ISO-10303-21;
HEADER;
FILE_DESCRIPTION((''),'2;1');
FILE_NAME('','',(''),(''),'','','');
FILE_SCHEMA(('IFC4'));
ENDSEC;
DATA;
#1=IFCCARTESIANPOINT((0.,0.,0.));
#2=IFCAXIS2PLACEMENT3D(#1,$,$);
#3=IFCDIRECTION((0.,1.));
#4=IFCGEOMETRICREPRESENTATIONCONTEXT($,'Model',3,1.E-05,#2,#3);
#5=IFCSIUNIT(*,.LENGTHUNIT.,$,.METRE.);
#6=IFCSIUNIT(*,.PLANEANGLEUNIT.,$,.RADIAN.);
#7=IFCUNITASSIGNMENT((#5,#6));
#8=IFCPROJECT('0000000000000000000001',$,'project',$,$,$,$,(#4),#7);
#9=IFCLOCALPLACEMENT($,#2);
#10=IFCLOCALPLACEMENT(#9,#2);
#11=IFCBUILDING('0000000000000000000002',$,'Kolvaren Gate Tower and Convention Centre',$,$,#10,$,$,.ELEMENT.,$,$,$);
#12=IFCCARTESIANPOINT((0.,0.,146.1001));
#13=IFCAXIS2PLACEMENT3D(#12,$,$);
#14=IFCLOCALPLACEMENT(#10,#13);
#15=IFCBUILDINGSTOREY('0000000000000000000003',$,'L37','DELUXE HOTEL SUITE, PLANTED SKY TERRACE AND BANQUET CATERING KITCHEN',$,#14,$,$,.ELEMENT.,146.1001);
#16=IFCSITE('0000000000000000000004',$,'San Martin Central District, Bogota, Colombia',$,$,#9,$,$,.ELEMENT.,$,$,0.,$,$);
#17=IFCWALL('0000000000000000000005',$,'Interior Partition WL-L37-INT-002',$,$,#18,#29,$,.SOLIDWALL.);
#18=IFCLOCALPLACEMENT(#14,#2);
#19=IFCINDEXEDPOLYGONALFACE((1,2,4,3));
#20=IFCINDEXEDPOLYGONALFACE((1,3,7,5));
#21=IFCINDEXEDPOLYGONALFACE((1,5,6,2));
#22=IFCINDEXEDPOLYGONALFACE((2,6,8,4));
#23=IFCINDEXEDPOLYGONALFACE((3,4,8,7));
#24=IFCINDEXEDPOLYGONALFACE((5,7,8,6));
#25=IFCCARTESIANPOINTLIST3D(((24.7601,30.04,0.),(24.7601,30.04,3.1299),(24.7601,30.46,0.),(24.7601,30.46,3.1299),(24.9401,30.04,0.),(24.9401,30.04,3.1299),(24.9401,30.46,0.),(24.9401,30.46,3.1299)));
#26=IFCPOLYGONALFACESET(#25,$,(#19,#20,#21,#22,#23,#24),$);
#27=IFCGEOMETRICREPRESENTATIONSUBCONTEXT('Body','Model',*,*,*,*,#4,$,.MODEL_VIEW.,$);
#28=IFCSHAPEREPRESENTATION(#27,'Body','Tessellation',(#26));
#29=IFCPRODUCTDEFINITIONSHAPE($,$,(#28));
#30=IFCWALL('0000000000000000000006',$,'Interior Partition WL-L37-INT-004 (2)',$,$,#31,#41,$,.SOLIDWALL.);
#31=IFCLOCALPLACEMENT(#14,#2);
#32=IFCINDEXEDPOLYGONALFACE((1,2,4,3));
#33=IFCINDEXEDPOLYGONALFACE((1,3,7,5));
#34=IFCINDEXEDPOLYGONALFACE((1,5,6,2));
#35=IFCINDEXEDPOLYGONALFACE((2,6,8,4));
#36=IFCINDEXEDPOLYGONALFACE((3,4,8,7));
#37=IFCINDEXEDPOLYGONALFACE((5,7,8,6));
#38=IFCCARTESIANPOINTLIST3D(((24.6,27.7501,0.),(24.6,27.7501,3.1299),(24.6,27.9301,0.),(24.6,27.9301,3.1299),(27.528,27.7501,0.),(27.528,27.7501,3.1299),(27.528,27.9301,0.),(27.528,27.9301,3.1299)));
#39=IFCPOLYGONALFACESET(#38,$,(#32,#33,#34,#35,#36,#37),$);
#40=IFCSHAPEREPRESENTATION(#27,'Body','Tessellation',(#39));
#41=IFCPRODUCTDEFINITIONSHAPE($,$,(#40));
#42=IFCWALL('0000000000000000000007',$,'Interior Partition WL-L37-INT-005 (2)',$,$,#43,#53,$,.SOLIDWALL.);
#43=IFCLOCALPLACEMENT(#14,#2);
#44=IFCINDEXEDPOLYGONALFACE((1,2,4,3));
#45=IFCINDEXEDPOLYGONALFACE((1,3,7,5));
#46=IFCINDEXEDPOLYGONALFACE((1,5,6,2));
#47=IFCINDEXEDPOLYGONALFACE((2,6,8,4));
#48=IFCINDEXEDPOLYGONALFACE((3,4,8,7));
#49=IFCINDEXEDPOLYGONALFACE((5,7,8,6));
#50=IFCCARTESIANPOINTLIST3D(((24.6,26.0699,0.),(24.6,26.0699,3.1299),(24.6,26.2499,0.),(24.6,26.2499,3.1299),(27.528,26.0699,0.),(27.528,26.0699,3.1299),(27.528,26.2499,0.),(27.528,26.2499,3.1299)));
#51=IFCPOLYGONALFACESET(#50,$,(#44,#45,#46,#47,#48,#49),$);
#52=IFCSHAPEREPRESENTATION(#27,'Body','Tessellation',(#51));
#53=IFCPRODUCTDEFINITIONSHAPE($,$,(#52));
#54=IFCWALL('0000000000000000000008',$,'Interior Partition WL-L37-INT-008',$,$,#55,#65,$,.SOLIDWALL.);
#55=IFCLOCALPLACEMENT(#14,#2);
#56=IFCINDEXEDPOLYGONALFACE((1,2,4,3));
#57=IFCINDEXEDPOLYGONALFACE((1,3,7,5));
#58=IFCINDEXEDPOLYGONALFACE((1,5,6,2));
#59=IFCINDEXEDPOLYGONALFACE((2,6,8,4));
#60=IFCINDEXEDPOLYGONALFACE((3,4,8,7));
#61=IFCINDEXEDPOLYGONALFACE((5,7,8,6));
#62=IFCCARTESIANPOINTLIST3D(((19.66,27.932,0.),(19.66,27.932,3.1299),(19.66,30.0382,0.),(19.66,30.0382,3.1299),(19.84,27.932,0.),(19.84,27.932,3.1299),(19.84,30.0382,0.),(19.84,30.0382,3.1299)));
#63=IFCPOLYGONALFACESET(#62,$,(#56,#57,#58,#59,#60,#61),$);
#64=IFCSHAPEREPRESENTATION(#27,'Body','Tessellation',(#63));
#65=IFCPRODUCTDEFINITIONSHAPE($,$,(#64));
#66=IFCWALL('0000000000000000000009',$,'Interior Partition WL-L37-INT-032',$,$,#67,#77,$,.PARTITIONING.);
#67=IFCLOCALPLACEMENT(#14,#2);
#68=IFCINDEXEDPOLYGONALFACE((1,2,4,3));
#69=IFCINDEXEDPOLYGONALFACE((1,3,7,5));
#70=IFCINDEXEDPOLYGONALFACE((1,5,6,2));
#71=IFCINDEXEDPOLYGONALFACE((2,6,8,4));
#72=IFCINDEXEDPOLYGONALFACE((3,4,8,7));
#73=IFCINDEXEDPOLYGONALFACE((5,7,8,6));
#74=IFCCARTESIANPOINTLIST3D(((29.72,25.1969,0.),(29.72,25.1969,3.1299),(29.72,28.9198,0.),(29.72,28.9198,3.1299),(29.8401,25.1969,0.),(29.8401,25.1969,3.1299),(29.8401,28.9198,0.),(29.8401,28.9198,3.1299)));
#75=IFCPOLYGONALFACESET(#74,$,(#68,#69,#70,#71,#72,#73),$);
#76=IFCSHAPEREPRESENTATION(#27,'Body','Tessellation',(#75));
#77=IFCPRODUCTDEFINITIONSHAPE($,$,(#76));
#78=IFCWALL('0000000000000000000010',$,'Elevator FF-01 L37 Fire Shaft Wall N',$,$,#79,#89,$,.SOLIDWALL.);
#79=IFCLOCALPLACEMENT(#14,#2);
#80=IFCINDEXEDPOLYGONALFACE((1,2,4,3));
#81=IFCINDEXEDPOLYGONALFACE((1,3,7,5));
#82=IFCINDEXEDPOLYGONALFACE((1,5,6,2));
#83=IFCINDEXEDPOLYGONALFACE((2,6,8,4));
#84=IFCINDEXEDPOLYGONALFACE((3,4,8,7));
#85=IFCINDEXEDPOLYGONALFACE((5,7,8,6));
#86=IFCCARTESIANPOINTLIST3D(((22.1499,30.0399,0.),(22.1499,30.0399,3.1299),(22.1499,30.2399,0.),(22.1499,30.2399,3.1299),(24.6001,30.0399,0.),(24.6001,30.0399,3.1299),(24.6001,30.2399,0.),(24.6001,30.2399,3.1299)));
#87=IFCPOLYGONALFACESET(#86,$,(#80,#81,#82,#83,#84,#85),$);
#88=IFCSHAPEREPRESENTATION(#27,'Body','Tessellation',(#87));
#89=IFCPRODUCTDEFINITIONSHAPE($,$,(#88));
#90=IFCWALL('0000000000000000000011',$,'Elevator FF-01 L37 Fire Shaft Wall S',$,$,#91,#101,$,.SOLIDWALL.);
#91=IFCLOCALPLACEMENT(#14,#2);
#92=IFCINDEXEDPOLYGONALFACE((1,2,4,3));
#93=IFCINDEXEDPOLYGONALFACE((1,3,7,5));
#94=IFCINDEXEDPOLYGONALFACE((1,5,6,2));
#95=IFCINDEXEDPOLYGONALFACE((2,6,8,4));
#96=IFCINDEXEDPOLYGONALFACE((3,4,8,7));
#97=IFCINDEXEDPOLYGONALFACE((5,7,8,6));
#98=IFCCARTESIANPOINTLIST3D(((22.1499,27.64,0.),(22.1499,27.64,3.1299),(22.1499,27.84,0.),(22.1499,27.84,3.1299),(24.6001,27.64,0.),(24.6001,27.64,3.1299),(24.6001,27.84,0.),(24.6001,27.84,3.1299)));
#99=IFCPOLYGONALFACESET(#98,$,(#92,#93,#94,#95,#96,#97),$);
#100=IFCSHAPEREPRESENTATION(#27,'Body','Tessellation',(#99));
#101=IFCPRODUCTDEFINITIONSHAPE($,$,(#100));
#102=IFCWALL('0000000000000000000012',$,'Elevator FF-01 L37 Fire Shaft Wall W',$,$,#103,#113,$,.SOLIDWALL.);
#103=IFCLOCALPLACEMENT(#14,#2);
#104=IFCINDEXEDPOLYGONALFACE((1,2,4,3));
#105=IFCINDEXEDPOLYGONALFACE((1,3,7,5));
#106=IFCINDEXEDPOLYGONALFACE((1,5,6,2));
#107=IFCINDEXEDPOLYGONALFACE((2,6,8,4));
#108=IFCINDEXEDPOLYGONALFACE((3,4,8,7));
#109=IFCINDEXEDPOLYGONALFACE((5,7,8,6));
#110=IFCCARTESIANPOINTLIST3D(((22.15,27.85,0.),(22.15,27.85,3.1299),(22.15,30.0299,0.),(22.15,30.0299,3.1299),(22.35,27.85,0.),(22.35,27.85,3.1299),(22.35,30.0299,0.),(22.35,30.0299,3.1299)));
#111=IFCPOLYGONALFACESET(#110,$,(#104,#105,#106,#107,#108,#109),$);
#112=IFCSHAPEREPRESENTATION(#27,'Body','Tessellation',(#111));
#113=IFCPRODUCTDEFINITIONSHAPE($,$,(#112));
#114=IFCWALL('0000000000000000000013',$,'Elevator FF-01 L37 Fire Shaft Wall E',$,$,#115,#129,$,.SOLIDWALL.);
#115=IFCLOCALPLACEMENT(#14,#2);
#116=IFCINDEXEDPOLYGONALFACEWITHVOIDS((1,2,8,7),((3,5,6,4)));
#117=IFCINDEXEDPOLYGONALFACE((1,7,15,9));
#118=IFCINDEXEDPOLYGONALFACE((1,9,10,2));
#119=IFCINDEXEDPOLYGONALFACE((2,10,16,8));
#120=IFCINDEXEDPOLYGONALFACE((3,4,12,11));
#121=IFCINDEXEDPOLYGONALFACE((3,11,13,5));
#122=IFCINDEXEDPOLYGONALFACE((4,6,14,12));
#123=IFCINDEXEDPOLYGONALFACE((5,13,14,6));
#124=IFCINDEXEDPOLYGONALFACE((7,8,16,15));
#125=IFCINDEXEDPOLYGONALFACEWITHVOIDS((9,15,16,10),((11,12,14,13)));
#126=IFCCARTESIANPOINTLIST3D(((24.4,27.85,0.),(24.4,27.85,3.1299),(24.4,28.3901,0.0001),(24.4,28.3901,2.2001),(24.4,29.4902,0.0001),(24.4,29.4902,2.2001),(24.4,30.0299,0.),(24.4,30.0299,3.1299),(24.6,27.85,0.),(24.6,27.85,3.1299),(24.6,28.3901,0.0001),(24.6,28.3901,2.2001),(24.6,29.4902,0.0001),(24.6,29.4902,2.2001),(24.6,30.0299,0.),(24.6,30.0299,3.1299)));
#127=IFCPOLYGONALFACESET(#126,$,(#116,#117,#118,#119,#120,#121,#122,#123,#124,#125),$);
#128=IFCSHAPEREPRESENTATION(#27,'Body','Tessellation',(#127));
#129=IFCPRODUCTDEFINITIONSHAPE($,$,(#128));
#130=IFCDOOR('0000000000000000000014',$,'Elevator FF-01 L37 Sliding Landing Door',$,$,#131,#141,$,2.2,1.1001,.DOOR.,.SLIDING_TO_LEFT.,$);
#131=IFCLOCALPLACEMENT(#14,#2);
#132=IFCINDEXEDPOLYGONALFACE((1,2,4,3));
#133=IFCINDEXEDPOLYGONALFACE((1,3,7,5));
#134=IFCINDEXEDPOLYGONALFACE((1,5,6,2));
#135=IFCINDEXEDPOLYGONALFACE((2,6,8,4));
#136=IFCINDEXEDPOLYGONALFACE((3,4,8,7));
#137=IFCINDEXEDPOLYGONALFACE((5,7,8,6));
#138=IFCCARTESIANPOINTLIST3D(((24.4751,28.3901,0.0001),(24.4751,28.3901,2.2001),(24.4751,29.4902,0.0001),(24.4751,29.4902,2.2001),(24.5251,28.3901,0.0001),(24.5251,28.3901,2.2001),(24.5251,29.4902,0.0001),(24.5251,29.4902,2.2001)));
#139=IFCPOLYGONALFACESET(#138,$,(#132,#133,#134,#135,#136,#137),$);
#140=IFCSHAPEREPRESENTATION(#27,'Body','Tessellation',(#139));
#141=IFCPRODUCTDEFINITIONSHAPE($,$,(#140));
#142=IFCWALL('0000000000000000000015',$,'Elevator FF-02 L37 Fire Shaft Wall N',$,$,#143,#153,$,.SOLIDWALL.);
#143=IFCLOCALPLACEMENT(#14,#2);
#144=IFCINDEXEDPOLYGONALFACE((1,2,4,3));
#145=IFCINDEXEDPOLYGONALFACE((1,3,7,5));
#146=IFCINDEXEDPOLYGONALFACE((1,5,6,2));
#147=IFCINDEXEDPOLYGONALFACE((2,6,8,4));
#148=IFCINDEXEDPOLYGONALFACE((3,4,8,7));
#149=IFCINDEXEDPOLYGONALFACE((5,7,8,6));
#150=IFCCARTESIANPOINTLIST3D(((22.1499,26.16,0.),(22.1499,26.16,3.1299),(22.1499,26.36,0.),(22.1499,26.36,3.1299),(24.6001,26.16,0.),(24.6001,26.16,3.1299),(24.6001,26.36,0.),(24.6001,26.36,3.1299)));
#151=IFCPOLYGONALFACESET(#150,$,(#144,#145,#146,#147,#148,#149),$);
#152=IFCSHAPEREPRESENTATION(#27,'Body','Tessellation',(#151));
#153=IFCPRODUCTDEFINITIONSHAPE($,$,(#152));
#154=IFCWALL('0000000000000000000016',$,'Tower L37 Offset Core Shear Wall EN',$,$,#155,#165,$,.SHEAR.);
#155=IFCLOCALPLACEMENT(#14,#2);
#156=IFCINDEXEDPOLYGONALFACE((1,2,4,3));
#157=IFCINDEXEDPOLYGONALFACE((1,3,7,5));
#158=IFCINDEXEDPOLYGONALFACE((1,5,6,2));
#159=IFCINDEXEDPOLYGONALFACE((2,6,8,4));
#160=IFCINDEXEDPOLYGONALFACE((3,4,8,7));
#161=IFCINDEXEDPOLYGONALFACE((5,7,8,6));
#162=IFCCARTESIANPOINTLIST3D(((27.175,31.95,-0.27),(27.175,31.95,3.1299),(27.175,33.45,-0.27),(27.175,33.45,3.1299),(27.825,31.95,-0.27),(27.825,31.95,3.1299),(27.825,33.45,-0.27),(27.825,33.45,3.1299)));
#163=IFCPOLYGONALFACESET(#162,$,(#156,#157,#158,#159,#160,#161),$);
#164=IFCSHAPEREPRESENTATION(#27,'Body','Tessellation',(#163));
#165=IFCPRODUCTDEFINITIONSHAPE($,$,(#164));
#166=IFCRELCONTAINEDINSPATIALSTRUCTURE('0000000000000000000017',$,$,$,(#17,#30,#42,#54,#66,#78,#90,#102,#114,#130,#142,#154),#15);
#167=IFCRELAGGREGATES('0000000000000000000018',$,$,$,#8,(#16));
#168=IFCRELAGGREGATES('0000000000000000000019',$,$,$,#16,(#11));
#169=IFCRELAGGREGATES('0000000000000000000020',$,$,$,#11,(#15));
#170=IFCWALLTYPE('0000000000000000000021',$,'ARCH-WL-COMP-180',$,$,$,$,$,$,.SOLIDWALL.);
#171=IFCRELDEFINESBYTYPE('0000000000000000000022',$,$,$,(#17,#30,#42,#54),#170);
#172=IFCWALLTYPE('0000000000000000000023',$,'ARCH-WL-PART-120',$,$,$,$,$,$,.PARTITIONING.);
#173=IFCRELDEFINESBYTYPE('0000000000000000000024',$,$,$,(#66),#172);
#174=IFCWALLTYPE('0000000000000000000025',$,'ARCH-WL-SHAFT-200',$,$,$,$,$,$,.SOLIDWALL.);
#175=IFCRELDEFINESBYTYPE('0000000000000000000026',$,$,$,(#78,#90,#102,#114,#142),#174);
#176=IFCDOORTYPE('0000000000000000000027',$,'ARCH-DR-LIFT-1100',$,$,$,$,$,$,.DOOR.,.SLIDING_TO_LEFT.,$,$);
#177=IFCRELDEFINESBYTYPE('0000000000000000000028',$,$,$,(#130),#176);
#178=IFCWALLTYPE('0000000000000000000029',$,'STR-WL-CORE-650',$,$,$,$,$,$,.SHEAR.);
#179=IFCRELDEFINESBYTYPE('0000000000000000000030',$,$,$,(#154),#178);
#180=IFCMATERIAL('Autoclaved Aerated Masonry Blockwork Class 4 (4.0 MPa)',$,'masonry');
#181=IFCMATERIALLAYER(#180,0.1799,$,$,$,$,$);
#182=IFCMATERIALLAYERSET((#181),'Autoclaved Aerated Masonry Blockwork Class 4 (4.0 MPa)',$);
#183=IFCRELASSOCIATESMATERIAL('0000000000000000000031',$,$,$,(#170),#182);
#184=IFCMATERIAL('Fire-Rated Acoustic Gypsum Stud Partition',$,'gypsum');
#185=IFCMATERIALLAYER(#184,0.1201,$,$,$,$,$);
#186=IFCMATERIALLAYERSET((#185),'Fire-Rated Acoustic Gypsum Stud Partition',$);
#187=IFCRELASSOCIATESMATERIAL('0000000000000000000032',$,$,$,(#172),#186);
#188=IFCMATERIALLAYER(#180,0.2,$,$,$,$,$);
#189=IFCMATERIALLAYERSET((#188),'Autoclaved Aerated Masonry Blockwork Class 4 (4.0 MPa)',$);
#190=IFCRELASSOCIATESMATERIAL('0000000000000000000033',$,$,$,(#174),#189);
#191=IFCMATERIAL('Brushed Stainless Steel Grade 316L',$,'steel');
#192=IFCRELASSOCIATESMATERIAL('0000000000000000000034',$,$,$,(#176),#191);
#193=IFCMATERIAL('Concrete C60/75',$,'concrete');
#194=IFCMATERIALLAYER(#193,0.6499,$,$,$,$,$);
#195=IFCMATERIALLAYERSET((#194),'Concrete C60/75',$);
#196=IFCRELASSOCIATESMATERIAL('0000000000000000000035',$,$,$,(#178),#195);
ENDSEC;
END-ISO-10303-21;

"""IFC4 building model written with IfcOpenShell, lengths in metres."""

from ifc_helpers import new_model, si_unit, direction, frame, frame_2d, origin, place, context, subcontext, project, spatial, rectangle, extrude, material, layer, layer_set, type_object, element, fill, save


model = new_model("IFC4")

# Units and contexts
model_context = context("Model", 3, precision=1e-05, world=origin(), true_north=direction((0.0, 1.0)))
body_context = subcontext(model_context, "Body", "Model", "MODEL_VIEW")
ifc_project = project(units=[si_unit("LENGTHUNIT", "METRE"), si_unit("PLANEANGLEUNIT", "RADIAN")], contexts=[model_context])

# Site, building, storey
site_placement = place(None, origin())
site = spatial("IfcSite", under=ifc_project, at=site_placement, Name="San Martin Central District, Bogota, Colombia", CompositionType="ELEMENT", RefElevation=0.0)
building_placement = place(site_placement, origin())
building = spatial("IfcBuilding", under=site, at=building_placement, Name="Kolvaren Gate Tower and Convention Centre", CompositionType="ELEMENT")
storey_placement = place(building_placement, frame((0.0, 0.0, 146.1001)))
storey = spatial("IfcBuildingStorey", under=building, at=storey_placement, Name="L37", Description="DELUXE HOTEL SUITE, PLANTED SKY TERRACE AND BANQUET CATERING KITCHEN", CompositionType="ELEMENT", Elevation=146.1001)

# Walls
ifc_material_1 = material(Name="Autoclaved Aerated Masonry Blockwork Class 4 (4.0 MPa)", Category="masonry")
ifc_layer_1 = layer(ifc_material_1, 0.1799)
ifc_layer_set_1 = layer_set([ifc_layer_1], Name="Autoclaved Aerated Masonry Blockwork Class 4 (4.0 MPa)")
wall_type_1 = type_object("IfcWallType", Name="ARCH-WL-COMP-180", PredefinedType="SOLIDWALL", material=ifc_layer_set_1)
wall_1_placement = place(storey_placement, frame((24.8501, 30.04, 0.0), z_axis=(0.0, 0.0, 1.0), x_axis=(0.0, 1.0, 0.0)))
element("IfcWall", 1, at=wall_1_placement, inside=storey, type_object=wall_type_1, Name="Interior Partition WL-L37-INT-002", PredefinedType="SOLIDWALL", context=body_context, shape_type="SweptSolid", body=[
    extrude(rectangle(XDim=0.4199, YDim=0.1799, at=frame_2d((0.21, 0.0))), origin(), (0.0, 0.0, 1.0), 3.1299),
])
for number, where, z_axis, x_axis, name in (
    (2, (24.6001, 27.8401, 0.0), (0.0, 0.0, 1.0), (1.0, 0.0, 0.0), "Interior Partition WL-L37-INT-004 (2)"),
    (3, (24.6001, 26.1599, 0.0), (0.0, 0.0, 1.0), (1.0, 0.0, 0.0), "Interior Partition WL-L37-INT-005 (2)"),
):
    element("IfcWall", number, at=place(storey_placement, frame(where, z_axis=z_axis, x_axis=x_axis)), inside=storey, type_object=wall_type_1, Name=name, PredefinedType="SOLIDWALL", context=body_context, shape_type="SweptSolid", body=[
        extrude(rectangle(XDim=2.928, YDim=0.1799, at=frame_2d((1.4639, 0.0))), origin(), (0.0, 0.0, 1.0), 3.1299),
    ])
wall_2_placement = place(storey_placement, frame((19.75, 27.9319, 0.0), z_axis=(0.0, 0.0, 1.0), x_axis=(0.0, 1.0, 0.0)))
element("IfcWall", 4, at=wall_2_placement, inside=storey, type_object=wall_type_1, Name="Interior Partition WL-L37-INT-008", PredefinedType="SOLIDWALL", context=body_context, shape_type="SweptSolid", body=[
    extrude(rectangle(XDim=2.1062, YDim=0.1799, at=frame_2d((1.0532, 0.0))), origin(), (0.0, 0.0, 1.0), 3.1299),
])
ifc_material_2 = material(Name="Fire-Rated Acoustic Gypsum Stud Partition", Category="gypsum")
ifc_layer_2 = layer(ifc_material_2, 0.1201)
ifc_layer_set_2 = layer_set([ifc_layer_2], Name="Fire-Rated Acoustic Gypsum Stud Partition")
wall_type_2 = type_object("IfcWallType", Name="ARCH-WL-PART-120", PredefinedType="PARTITIONING", material=ifc_layer_set_2)
wall_3_placement = place(storey_placement, frame((29.78, 25.197, 0.0), z_axis=(0.0, 0.0, 1.0), x_axis=(0.0, 1.0, 0.0)))
element("IfcWall", 5, at=wall_3_placement, inside=storey, type_object=wall_type_2, Name="Interior Partition WL-L37-INT-032", PredefinedType="PARTITIONING", context=body_context, shape_type="SweptSolid", body=[
    extrude(rectangle(XDim=3.7229, YDim=0.1201, at=frame_2d((1.8613, 0.0))), origin(), (0.0, 0.0, 1.0), 3.1299),
])
ifc_layer_3 = layer(ifc_material_1, 0.2)
ifc_layer_set_3 = layer_set([ifc_layer_3], Name="Autoclaved Aerated Masonry Blockwork Class 4 (4.0 MPa)")
wall_type_3 = type_object("IfcWallType", Name="ARCH-WL-SHAFT-200", PredefinedType="SOLIDWALL", material=ifc_layer_set_3)
for number, where, z_axis, x_axis, name in (
    (6, (22.1499, 30.1399, 0.0), (0.0, 0.0, 1.0), (1.0, 0.0, 0.0), "Elevator FF-01 L37 Fire Shaft Wall N"),
    (7, (22.1499, 27.74, 0.0), (0.0, 0.0, 1.0), (1.0, 0.0, 0.0), "Elevator FF-01 L37 Fire Shaft Wall S"),
):
    element("IfcWall", number, at=place(storey_placement, frame(where, z_axis=z_axis, x_axis=x_axis)), inside=storey, type_object=wall_type_3, Name=name, PredefinedType="SOLIDWALL", context=body_context, shape_type="SweptSolid", body=[
        extrude(rectangle(XDim=2.4502, YDim=0.2, at=frame_2d((1.2251, 0.0))), origin(), (0.0, 0.0, 1.0), 3.1299),
    ])
wall_4_placement = place(storey_placement, frame((22.25, 27.8501, 0.0), z_axis=(0.0, 0.0, 1.0), x_axis=(0.0, 1.0, 0.0)))
element("IfcWall", 8, at=wall_4_placement, inside=storey, type_object=wall_type_3, Name="Elevator FF-01 L37 Fire Shaft Wall W", PredefinedType="SOLIDWALL", context=body_context, shape_type="SweptSolid", body=[
    extrude(rectangle(XDim=2.1799, YDim=0.2, at=frame_2d((1.0898, 0.0))), origin(), (0.0, 0.0, 1.0), 3.1299),
])

# Wall, opening, door
wall_5_placement = place(storey_placement, frame((24.5, 27.8501, 0.0), z_axis=(0.0, 0.0, 1.0), x_axis=(0.0, 1.0, 0.0)))
wall_5 = element("IfcWall", 9, at=wall_5_placement, inside=storey, type_object=wall_type_3, Name="Elevator FF-01 L37 Fire Shaft Wall E", PredefinedType="SOLIDWALL", context=body_context, shape_type="SweptSolid", body=[
    extrude(rectangle(XDim=2.1799, YDim=0.2, at=frame_2d((1.0898, 0.0))), origin(), (0.0, 0.0, 1.0), 3.1299),
])
opening_1_placement = place(wall_5_placement, frame((0.54, 0.0, 0.0)))
opening_1 = element("IfcOpeningElement", 10, at=opening_1_placement, cuts=wall_5, PredefinedType="OPENING", context=body_context, shape_type="SweptSolid", body=[
    extrude(rectangle(XDim=1.1001, YDim=2.2, at=frame_2d((0.55, 1.1001))), frame((0.0, 0.1099, 0.0), z_axis=(0.0, -1.0, 0.0), x_axis=(1.0, 0.0, 0.0)), (0.0, 0.0, 1.0), 0.22),
])
ifc_material_3 = material(Name="Brushed Stainless Steel Grade 316L", Category="steel")
door_type_1 = type_object("IfcDoorType", Name="ARCH-DR-LIFT-1100", OperationType="SLIDING_TO_LEFT", PredefinedType="DOOR", material=ifc_material_3)
door_1_placement = place(opening_1_placement, origin())
door_1 = element("IfcDoor", 11, at=door_1_placement, inside=storey, type_object=door_type_1, Name="Elevator FF-01 L37 Sliding Landing Door", OperationType="SLIDING_TO_LEFT", OverallHeight=2.2, OverallWidth=1.1001, PredefinedType="DOOR", context=body_context, shape_type="SweptSolid", body=[
    extrude(rectangle(XDim=1.1001, YDim=2.2, at=frame_2d((0.55, 1.1001))), frame((0.0, 0.0249, 0.0), z_axis=(0.0, -1.0, 0.0), x_axis=(1.0, 0.0, 0.0)), (0.0, 0.0, 1.0), 0.05),
])
fill(opening_1, door_1)

# Walls
wall_6_placement = place(storey_placement, frame((22.1499, 26.26, 0.0), z_axis=(0.0, 0.0, 1.0), x_axis=(1.0, 0.0, 0.0)))
element("IfcWall", 12, at=wall_6_placement, inside=storey, type_object=wall_type_3, Name="Elevator FF-02 L37 Fire Shaft Wall N", PredefinedType="SOLIDWALL", context=body_context, shape_type="SweptSolid", body=[
    extrude(rectangle(XDim=2.4502, YDim=0.2, at=frame_2d((1.2251, 0.0))), origin(), (0.0, 0.0, 1.0), 3.1299),
])
ifc_material_4 = material(Name="Concrete C60/75", Category="concrete")
ifc_layer_4 = layer(ifc_material_4, 0.6499)
ifc_layer_set_4 = layer_set([ifc_layer_4], Name="Concrete C60/75")
wall_type_4 = type_object("IfcWallType", Name="STR-WL-CORE-650", PredefinedType="SHEAR", material=ifc_layer_set_4)
wall_7_placement = place(storey_placement, frame((27.5, 31.95, -0.27), z_axis=(0.0, 0.0, 1.0), x_axis=(0.0, 1.0, 0.0)))
element("IfcWall", 13, at=wall_7_placement, inside=storey, type_object=wall_type_4, Name="Tower L37 Offset Core Shear Wall EN", PredefinedType="SHEAR", context=body_context, shape_type="SweptSolid", body=[
    extrude(rectangle(XDim=1.5, YDim=0.6499, at=frame_2d((0.75, 0.0))), origin(), (0.0, 0.0, 1.0), 3.3999),
])

save(model, "model.ifc")
